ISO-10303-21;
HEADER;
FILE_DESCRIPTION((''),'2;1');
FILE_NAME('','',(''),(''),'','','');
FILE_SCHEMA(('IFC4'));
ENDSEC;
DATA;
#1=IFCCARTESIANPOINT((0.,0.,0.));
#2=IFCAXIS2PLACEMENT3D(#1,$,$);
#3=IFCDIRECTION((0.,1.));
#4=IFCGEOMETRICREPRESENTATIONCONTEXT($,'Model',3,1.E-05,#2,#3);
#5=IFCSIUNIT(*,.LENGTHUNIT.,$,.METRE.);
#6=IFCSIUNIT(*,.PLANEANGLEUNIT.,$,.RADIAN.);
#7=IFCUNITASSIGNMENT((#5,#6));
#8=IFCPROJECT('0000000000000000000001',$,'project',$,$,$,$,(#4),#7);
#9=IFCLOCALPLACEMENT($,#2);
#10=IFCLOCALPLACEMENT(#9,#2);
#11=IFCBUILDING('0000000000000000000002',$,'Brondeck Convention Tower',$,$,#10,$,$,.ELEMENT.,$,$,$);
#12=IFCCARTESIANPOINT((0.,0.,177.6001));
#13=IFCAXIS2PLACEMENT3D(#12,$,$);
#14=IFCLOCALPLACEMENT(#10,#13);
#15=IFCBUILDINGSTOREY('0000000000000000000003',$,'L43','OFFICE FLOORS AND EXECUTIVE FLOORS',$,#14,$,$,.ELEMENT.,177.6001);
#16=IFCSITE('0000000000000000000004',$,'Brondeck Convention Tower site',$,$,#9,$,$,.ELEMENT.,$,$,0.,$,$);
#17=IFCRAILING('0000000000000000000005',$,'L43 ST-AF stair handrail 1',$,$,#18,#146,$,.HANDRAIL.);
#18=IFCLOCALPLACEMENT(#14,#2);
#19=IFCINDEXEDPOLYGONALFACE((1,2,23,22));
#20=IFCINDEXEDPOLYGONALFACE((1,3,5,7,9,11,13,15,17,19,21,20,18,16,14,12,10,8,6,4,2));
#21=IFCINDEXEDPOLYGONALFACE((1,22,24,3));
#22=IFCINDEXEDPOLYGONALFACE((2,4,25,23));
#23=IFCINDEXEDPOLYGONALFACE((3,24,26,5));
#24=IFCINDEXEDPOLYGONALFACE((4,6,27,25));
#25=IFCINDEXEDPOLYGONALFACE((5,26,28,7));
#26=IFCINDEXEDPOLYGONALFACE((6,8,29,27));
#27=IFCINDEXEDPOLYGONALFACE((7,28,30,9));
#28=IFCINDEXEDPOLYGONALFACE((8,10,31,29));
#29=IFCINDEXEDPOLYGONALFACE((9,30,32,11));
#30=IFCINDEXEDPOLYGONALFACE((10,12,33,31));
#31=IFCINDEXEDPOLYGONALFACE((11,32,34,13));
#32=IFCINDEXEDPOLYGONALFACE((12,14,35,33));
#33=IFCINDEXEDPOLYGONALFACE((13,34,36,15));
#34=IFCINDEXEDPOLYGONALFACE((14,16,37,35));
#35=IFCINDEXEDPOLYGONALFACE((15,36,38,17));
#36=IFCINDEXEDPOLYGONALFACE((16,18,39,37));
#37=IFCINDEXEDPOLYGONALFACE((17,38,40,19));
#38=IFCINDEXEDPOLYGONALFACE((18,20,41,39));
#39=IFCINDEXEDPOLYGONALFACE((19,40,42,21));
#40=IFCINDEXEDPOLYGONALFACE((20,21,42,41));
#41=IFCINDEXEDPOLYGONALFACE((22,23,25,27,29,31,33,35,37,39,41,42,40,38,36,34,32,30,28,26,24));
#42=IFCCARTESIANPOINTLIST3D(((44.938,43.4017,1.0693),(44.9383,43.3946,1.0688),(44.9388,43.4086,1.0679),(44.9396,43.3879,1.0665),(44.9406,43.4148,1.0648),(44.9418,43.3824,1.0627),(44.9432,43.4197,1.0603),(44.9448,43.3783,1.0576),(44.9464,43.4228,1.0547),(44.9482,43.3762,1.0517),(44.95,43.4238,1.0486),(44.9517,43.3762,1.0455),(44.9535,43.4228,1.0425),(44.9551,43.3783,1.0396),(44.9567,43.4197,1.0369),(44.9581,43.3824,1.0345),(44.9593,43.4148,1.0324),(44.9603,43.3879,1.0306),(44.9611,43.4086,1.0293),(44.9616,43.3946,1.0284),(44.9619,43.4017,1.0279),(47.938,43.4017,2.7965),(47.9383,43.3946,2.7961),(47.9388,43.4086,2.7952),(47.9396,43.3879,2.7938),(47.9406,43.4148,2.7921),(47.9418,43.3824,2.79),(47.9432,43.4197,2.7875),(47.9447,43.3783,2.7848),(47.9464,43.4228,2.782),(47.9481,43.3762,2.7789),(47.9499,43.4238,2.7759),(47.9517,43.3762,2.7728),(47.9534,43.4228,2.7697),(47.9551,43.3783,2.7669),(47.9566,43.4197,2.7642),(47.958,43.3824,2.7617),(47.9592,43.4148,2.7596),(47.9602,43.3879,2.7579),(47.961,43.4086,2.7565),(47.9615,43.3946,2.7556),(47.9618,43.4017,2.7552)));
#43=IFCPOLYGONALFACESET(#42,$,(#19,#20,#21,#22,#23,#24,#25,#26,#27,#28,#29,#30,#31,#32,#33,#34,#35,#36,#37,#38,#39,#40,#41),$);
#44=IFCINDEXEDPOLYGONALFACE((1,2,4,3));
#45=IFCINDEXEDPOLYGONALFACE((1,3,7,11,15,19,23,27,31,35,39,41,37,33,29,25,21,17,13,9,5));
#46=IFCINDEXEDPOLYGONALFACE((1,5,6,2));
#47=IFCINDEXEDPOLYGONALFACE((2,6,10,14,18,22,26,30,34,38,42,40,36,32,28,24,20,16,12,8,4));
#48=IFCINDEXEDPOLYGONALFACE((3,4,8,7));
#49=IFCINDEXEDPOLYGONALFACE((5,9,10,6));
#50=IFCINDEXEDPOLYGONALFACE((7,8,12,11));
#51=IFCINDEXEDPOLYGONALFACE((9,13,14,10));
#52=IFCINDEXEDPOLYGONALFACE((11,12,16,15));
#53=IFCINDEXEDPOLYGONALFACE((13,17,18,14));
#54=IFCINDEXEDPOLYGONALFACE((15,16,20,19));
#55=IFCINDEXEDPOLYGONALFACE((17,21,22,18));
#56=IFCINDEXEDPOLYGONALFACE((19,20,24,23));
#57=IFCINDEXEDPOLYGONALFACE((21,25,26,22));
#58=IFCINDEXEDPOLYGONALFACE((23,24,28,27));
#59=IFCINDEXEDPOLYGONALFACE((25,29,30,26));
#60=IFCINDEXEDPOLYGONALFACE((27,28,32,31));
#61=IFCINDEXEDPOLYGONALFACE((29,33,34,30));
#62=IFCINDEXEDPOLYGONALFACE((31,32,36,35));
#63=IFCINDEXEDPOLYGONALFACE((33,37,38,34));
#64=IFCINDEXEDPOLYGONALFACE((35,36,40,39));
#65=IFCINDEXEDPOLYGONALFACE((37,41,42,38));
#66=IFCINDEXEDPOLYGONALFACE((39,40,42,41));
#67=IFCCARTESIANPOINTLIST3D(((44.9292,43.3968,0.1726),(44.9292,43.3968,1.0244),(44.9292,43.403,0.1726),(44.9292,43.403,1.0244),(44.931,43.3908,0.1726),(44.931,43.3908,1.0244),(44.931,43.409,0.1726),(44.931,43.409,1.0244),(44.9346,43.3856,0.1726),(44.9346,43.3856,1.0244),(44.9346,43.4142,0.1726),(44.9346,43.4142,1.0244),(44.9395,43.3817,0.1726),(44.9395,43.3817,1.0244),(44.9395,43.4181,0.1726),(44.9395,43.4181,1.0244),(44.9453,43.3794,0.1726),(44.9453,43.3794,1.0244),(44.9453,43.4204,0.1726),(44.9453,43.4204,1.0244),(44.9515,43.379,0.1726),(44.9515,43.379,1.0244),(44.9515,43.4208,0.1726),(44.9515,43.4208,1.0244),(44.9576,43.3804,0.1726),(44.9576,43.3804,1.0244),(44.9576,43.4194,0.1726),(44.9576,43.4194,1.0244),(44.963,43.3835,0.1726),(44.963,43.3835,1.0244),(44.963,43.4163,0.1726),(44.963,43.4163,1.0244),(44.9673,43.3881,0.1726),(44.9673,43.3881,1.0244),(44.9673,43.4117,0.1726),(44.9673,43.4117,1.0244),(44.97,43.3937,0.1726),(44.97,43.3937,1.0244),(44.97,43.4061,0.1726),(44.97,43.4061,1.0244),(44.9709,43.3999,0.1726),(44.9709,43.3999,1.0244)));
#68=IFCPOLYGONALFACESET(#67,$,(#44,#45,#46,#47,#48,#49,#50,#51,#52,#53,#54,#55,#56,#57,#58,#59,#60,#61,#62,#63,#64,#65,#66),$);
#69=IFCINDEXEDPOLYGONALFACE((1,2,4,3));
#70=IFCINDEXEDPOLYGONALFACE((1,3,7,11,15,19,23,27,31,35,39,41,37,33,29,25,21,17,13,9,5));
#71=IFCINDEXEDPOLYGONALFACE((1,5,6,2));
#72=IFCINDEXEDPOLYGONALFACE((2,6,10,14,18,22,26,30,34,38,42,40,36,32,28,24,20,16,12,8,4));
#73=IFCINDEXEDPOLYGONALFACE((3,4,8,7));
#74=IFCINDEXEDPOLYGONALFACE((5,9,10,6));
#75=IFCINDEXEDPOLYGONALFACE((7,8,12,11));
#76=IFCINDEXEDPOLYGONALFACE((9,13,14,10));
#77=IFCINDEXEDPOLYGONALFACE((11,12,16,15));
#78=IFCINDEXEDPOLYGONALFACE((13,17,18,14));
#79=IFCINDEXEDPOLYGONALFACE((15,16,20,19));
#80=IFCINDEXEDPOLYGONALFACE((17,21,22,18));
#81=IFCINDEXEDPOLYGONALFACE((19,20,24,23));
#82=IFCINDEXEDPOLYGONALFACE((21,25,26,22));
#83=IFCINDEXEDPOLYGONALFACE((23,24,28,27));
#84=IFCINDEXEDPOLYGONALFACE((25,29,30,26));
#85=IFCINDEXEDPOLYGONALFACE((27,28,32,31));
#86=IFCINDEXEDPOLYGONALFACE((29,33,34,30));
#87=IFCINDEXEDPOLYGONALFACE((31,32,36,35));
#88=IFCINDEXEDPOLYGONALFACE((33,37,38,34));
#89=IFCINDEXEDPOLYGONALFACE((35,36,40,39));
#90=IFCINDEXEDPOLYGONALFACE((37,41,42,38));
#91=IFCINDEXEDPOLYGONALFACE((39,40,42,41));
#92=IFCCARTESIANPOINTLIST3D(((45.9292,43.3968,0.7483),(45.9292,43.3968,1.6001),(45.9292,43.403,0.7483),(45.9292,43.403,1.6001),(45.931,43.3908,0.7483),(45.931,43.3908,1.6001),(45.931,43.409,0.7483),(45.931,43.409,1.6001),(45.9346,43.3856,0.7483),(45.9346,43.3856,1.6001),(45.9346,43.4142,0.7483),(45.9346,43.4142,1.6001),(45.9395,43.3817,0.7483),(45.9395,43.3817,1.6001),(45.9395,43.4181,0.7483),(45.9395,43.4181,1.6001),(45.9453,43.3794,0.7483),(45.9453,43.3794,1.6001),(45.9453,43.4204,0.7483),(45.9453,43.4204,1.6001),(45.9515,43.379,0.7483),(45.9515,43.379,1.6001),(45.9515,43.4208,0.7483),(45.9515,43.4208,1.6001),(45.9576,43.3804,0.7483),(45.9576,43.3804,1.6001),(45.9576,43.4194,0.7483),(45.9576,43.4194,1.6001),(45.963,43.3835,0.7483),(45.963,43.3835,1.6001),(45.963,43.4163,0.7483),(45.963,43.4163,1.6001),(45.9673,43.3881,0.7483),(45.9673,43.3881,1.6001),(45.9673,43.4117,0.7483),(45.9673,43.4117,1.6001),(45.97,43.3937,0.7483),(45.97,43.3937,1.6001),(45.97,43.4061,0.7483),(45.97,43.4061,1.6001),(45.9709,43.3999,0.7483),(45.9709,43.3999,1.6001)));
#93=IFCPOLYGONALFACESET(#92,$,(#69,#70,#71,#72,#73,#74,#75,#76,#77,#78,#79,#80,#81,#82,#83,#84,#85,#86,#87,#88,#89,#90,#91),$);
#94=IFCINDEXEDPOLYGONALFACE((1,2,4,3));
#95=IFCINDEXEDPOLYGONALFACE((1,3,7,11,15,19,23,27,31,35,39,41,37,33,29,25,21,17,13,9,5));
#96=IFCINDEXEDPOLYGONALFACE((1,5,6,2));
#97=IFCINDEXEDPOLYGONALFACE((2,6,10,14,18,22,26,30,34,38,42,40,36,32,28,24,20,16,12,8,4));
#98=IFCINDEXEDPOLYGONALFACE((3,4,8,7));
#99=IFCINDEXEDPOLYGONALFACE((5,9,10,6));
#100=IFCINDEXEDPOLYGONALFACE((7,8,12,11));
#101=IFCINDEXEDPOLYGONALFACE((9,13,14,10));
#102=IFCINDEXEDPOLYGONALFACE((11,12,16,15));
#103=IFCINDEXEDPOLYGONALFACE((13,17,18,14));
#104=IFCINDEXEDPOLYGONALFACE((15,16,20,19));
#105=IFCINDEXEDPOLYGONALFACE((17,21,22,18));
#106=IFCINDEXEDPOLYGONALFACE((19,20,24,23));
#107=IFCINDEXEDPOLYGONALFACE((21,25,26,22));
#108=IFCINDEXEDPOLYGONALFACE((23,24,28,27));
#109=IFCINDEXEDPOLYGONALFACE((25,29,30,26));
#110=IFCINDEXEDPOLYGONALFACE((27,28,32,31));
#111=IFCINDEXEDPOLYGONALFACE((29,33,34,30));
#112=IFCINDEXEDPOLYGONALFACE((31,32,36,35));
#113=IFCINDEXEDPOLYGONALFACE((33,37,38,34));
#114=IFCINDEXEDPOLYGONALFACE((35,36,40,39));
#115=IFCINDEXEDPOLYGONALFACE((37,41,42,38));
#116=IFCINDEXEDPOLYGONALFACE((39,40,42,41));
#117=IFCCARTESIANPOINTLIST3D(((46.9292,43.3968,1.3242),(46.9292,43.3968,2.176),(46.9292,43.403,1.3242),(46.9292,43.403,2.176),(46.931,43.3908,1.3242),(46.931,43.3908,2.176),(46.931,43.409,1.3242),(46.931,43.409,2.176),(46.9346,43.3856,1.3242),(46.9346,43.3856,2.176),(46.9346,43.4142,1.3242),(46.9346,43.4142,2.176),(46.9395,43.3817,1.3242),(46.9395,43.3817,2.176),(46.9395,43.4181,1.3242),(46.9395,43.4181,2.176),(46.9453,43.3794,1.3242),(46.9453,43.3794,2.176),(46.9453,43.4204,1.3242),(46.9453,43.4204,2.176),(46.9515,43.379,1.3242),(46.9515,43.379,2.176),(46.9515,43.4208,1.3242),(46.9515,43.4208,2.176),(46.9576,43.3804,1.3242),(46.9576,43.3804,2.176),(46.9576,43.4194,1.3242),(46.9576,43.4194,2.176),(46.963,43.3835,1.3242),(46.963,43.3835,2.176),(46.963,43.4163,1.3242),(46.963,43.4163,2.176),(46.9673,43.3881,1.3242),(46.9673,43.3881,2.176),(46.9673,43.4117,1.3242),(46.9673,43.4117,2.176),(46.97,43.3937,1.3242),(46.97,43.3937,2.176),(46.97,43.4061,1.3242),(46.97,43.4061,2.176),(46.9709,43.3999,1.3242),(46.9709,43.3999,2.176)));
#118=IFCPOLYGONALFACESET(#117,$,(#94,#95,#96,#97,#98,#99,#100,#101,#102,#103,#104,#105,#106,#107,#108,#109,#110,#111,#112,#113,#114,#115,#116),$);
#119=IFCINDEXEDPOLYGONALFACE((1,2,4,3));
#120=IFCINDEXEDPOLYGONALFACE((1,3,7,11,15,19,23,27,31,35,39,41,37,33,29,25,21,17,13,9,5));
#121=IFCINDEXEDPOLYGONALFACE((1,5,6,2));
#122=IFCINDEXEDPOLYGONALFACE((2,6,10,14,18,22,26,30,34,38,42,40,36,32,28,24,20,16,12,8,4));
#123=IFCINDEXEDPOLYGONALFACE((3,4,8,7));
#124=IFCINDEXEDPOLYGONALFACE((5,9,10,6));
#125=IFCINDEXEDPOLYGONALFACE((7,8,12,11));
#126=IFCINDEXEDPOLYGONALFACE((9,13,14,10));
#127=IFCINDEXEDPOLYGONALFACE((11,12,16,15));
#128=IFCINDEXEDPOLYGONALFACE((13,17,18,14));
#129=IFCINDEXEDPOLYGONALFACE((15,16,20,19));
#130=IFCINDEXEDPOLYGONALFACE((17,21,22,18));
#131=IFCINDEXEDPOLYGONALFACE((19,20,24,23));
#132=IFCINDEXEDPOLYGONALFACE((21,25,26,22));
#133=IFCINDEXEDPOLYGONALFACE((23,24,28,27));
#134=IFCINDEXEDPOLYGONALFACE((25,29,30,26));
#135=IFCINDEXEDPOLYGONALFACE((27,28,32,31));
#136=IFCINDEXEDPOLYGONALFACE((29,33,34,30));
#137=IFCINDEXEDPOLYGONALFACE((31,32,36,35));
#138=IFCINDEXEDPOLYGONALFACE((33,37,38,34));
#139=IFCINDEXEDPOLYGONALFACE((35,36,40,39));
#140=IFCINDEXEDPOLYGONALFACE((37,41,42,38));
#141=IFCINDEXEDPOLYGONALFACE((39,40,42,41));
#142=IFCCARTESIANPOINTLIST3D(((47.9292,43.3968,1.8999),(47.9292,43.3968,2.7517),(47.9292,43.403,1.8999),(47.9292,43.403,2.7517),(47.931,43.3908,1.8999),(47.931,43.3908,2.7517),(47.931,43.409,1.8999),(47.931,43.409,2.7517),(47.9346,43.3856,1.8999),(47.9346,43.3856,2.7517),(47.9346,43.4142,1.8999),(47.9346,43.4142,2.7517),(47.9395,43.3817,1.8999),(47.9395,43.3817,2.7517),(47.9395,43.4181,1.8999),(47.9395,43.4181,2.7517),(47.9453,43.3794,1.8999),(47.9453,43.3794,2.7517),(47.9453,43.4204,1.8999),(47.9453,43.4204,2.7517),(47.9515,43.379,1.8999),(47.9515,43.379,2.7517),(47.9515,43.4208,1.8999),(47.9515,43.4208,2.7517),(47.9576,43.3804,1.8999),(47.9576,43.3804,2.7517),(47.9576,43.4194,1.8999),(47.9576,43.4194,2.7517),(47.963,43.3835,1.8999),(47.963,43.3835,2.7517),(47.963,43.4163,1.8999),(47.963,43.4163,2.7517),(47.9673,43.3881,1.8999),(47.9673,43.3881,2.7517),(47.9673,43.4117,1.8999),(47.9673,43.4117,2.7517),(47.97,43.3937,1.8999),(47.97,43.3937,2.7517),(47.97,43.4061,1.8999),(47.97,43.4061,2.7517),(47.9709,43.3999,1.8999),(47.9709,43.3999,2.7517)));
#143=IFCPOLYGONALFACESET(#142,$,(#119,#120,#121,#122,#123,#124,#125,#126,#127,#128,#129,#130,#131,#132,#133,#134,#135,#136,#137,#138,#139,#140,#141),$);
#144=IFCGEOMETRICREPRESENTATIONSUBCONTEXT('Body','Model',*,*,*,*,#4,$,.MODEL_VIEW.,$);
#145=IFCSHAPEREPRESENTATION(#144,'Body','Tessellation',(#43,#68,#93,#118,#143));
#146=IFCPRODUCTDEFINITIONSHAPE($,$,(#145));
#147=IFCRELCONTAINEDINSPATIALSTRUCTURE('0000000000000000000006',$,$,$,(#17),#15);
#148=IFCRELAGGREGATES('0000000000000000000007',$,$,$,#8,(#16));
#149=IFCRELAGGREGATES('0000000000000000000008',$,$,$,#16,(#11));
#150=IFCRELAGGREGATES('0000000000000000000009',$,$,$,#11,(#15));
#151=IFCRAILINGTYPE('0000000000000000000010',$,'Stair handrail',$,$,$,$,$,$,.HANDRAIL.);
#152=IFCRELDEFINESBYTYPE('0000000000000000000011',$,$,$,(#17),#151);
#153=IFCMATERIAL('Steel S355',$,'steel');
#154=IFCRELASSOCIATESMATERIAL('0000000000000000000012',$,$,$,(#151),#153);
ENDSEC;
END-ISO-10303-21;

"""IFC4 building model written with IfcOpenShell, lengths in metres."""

from ifc_helpers import new_model, si_unit, direction, frame, origin, origin_2d, place, context, subcontext, project, spatial, circle, extrude, material, type_object, element, save


model = new_model("IFC4")

# Units and contexts
model_context = context("Model", 3, precision=1e-05, world=origin(), true_north=direction((0.0, 1.0)))
body_context = subcontext(model_context, "Body", "Model", "MODEL_VIEW")
ifc_project = project(units=[si_unit("LENGTHUNIT", "METRE"), si_unit("PLANEANGLEUNIT", "RADIAN")], contexts=[model_context])

# Site, building, storey
site_placement = place(None, origin())
site = spatial("IfcSite", under=ifc_project, at=site_placement, Name="Brondeck Convention Tower site", CompositionType="ELEMENT", RefElevation=0.0)
building_placement = place(site_placement, origin())
building = spatial("IfcBuilding", under=site, at=building_placement, Name="Brondeck Convention Tower", CompositionType="ELEMENT")
storey_placement = place(building_placement, frame((0.0, 0.0, 177.6001)))
storey = spatial("IfcBuildingStorey", under=building, at=storey_placement, Name="L43", Description="OFFICE FLOORS AND EXECUTIVE FLOORS", CompositionType="ELEMENT", Elevation=177.6001)

# Shared definitions
ifc_material_1 = material(Name="Steel S355", Category="steel")

# Railing
railing_type_1 = type_object("IfcRailingType", Name="Stair handrail", PredefinedType="HANDRAIL", material=ifc_material_1)
railing_1_placement = place(storey_placement, frame((44.95, 43.3999, 0.1726)))
element("IfcRailing", 1, at=railing_1_placement, inside=storey, type_object=railing_type_1, Name="L43 ST-AF stair handrail 1", PredefinedType="HANDRAIL", context=body_context, shape_type="SweptSolid", body=[
    extrude(circle(Radius=0.0239, at=origin_2d()), frame((0.0, 0.0, 0.876), z_axis=(0.86662, 0.0, 0.498969), x_axis=(0.0, 1.0, 0.0)), (0.0, 0.0, 1.0), 3.4617),
    extrude(circle(Radius=0.021, at=origin_2d()), origin(), (0.0, 0.0, 1.0), 0.8518),
    extrude(circle(Radius=0.021, at=origin_2d()), frame((1.0, 0.0, 0.5757)), (0.0, 0.0, 1.0), 0.8518),
    extrude(circle(Radius=0.021, at=origin_2d()), frame((2.0, 0.0, 1.1516)), (0.0, 0.0, 1.0), 0.8518),
    extrude(circle(Radius=0.021, at=origin_2d()), frame((3.0, 0.0, 1.7273)), (0.0, 0.0, 1.0), 0.8518),
])

save(model, "model.ifc")
